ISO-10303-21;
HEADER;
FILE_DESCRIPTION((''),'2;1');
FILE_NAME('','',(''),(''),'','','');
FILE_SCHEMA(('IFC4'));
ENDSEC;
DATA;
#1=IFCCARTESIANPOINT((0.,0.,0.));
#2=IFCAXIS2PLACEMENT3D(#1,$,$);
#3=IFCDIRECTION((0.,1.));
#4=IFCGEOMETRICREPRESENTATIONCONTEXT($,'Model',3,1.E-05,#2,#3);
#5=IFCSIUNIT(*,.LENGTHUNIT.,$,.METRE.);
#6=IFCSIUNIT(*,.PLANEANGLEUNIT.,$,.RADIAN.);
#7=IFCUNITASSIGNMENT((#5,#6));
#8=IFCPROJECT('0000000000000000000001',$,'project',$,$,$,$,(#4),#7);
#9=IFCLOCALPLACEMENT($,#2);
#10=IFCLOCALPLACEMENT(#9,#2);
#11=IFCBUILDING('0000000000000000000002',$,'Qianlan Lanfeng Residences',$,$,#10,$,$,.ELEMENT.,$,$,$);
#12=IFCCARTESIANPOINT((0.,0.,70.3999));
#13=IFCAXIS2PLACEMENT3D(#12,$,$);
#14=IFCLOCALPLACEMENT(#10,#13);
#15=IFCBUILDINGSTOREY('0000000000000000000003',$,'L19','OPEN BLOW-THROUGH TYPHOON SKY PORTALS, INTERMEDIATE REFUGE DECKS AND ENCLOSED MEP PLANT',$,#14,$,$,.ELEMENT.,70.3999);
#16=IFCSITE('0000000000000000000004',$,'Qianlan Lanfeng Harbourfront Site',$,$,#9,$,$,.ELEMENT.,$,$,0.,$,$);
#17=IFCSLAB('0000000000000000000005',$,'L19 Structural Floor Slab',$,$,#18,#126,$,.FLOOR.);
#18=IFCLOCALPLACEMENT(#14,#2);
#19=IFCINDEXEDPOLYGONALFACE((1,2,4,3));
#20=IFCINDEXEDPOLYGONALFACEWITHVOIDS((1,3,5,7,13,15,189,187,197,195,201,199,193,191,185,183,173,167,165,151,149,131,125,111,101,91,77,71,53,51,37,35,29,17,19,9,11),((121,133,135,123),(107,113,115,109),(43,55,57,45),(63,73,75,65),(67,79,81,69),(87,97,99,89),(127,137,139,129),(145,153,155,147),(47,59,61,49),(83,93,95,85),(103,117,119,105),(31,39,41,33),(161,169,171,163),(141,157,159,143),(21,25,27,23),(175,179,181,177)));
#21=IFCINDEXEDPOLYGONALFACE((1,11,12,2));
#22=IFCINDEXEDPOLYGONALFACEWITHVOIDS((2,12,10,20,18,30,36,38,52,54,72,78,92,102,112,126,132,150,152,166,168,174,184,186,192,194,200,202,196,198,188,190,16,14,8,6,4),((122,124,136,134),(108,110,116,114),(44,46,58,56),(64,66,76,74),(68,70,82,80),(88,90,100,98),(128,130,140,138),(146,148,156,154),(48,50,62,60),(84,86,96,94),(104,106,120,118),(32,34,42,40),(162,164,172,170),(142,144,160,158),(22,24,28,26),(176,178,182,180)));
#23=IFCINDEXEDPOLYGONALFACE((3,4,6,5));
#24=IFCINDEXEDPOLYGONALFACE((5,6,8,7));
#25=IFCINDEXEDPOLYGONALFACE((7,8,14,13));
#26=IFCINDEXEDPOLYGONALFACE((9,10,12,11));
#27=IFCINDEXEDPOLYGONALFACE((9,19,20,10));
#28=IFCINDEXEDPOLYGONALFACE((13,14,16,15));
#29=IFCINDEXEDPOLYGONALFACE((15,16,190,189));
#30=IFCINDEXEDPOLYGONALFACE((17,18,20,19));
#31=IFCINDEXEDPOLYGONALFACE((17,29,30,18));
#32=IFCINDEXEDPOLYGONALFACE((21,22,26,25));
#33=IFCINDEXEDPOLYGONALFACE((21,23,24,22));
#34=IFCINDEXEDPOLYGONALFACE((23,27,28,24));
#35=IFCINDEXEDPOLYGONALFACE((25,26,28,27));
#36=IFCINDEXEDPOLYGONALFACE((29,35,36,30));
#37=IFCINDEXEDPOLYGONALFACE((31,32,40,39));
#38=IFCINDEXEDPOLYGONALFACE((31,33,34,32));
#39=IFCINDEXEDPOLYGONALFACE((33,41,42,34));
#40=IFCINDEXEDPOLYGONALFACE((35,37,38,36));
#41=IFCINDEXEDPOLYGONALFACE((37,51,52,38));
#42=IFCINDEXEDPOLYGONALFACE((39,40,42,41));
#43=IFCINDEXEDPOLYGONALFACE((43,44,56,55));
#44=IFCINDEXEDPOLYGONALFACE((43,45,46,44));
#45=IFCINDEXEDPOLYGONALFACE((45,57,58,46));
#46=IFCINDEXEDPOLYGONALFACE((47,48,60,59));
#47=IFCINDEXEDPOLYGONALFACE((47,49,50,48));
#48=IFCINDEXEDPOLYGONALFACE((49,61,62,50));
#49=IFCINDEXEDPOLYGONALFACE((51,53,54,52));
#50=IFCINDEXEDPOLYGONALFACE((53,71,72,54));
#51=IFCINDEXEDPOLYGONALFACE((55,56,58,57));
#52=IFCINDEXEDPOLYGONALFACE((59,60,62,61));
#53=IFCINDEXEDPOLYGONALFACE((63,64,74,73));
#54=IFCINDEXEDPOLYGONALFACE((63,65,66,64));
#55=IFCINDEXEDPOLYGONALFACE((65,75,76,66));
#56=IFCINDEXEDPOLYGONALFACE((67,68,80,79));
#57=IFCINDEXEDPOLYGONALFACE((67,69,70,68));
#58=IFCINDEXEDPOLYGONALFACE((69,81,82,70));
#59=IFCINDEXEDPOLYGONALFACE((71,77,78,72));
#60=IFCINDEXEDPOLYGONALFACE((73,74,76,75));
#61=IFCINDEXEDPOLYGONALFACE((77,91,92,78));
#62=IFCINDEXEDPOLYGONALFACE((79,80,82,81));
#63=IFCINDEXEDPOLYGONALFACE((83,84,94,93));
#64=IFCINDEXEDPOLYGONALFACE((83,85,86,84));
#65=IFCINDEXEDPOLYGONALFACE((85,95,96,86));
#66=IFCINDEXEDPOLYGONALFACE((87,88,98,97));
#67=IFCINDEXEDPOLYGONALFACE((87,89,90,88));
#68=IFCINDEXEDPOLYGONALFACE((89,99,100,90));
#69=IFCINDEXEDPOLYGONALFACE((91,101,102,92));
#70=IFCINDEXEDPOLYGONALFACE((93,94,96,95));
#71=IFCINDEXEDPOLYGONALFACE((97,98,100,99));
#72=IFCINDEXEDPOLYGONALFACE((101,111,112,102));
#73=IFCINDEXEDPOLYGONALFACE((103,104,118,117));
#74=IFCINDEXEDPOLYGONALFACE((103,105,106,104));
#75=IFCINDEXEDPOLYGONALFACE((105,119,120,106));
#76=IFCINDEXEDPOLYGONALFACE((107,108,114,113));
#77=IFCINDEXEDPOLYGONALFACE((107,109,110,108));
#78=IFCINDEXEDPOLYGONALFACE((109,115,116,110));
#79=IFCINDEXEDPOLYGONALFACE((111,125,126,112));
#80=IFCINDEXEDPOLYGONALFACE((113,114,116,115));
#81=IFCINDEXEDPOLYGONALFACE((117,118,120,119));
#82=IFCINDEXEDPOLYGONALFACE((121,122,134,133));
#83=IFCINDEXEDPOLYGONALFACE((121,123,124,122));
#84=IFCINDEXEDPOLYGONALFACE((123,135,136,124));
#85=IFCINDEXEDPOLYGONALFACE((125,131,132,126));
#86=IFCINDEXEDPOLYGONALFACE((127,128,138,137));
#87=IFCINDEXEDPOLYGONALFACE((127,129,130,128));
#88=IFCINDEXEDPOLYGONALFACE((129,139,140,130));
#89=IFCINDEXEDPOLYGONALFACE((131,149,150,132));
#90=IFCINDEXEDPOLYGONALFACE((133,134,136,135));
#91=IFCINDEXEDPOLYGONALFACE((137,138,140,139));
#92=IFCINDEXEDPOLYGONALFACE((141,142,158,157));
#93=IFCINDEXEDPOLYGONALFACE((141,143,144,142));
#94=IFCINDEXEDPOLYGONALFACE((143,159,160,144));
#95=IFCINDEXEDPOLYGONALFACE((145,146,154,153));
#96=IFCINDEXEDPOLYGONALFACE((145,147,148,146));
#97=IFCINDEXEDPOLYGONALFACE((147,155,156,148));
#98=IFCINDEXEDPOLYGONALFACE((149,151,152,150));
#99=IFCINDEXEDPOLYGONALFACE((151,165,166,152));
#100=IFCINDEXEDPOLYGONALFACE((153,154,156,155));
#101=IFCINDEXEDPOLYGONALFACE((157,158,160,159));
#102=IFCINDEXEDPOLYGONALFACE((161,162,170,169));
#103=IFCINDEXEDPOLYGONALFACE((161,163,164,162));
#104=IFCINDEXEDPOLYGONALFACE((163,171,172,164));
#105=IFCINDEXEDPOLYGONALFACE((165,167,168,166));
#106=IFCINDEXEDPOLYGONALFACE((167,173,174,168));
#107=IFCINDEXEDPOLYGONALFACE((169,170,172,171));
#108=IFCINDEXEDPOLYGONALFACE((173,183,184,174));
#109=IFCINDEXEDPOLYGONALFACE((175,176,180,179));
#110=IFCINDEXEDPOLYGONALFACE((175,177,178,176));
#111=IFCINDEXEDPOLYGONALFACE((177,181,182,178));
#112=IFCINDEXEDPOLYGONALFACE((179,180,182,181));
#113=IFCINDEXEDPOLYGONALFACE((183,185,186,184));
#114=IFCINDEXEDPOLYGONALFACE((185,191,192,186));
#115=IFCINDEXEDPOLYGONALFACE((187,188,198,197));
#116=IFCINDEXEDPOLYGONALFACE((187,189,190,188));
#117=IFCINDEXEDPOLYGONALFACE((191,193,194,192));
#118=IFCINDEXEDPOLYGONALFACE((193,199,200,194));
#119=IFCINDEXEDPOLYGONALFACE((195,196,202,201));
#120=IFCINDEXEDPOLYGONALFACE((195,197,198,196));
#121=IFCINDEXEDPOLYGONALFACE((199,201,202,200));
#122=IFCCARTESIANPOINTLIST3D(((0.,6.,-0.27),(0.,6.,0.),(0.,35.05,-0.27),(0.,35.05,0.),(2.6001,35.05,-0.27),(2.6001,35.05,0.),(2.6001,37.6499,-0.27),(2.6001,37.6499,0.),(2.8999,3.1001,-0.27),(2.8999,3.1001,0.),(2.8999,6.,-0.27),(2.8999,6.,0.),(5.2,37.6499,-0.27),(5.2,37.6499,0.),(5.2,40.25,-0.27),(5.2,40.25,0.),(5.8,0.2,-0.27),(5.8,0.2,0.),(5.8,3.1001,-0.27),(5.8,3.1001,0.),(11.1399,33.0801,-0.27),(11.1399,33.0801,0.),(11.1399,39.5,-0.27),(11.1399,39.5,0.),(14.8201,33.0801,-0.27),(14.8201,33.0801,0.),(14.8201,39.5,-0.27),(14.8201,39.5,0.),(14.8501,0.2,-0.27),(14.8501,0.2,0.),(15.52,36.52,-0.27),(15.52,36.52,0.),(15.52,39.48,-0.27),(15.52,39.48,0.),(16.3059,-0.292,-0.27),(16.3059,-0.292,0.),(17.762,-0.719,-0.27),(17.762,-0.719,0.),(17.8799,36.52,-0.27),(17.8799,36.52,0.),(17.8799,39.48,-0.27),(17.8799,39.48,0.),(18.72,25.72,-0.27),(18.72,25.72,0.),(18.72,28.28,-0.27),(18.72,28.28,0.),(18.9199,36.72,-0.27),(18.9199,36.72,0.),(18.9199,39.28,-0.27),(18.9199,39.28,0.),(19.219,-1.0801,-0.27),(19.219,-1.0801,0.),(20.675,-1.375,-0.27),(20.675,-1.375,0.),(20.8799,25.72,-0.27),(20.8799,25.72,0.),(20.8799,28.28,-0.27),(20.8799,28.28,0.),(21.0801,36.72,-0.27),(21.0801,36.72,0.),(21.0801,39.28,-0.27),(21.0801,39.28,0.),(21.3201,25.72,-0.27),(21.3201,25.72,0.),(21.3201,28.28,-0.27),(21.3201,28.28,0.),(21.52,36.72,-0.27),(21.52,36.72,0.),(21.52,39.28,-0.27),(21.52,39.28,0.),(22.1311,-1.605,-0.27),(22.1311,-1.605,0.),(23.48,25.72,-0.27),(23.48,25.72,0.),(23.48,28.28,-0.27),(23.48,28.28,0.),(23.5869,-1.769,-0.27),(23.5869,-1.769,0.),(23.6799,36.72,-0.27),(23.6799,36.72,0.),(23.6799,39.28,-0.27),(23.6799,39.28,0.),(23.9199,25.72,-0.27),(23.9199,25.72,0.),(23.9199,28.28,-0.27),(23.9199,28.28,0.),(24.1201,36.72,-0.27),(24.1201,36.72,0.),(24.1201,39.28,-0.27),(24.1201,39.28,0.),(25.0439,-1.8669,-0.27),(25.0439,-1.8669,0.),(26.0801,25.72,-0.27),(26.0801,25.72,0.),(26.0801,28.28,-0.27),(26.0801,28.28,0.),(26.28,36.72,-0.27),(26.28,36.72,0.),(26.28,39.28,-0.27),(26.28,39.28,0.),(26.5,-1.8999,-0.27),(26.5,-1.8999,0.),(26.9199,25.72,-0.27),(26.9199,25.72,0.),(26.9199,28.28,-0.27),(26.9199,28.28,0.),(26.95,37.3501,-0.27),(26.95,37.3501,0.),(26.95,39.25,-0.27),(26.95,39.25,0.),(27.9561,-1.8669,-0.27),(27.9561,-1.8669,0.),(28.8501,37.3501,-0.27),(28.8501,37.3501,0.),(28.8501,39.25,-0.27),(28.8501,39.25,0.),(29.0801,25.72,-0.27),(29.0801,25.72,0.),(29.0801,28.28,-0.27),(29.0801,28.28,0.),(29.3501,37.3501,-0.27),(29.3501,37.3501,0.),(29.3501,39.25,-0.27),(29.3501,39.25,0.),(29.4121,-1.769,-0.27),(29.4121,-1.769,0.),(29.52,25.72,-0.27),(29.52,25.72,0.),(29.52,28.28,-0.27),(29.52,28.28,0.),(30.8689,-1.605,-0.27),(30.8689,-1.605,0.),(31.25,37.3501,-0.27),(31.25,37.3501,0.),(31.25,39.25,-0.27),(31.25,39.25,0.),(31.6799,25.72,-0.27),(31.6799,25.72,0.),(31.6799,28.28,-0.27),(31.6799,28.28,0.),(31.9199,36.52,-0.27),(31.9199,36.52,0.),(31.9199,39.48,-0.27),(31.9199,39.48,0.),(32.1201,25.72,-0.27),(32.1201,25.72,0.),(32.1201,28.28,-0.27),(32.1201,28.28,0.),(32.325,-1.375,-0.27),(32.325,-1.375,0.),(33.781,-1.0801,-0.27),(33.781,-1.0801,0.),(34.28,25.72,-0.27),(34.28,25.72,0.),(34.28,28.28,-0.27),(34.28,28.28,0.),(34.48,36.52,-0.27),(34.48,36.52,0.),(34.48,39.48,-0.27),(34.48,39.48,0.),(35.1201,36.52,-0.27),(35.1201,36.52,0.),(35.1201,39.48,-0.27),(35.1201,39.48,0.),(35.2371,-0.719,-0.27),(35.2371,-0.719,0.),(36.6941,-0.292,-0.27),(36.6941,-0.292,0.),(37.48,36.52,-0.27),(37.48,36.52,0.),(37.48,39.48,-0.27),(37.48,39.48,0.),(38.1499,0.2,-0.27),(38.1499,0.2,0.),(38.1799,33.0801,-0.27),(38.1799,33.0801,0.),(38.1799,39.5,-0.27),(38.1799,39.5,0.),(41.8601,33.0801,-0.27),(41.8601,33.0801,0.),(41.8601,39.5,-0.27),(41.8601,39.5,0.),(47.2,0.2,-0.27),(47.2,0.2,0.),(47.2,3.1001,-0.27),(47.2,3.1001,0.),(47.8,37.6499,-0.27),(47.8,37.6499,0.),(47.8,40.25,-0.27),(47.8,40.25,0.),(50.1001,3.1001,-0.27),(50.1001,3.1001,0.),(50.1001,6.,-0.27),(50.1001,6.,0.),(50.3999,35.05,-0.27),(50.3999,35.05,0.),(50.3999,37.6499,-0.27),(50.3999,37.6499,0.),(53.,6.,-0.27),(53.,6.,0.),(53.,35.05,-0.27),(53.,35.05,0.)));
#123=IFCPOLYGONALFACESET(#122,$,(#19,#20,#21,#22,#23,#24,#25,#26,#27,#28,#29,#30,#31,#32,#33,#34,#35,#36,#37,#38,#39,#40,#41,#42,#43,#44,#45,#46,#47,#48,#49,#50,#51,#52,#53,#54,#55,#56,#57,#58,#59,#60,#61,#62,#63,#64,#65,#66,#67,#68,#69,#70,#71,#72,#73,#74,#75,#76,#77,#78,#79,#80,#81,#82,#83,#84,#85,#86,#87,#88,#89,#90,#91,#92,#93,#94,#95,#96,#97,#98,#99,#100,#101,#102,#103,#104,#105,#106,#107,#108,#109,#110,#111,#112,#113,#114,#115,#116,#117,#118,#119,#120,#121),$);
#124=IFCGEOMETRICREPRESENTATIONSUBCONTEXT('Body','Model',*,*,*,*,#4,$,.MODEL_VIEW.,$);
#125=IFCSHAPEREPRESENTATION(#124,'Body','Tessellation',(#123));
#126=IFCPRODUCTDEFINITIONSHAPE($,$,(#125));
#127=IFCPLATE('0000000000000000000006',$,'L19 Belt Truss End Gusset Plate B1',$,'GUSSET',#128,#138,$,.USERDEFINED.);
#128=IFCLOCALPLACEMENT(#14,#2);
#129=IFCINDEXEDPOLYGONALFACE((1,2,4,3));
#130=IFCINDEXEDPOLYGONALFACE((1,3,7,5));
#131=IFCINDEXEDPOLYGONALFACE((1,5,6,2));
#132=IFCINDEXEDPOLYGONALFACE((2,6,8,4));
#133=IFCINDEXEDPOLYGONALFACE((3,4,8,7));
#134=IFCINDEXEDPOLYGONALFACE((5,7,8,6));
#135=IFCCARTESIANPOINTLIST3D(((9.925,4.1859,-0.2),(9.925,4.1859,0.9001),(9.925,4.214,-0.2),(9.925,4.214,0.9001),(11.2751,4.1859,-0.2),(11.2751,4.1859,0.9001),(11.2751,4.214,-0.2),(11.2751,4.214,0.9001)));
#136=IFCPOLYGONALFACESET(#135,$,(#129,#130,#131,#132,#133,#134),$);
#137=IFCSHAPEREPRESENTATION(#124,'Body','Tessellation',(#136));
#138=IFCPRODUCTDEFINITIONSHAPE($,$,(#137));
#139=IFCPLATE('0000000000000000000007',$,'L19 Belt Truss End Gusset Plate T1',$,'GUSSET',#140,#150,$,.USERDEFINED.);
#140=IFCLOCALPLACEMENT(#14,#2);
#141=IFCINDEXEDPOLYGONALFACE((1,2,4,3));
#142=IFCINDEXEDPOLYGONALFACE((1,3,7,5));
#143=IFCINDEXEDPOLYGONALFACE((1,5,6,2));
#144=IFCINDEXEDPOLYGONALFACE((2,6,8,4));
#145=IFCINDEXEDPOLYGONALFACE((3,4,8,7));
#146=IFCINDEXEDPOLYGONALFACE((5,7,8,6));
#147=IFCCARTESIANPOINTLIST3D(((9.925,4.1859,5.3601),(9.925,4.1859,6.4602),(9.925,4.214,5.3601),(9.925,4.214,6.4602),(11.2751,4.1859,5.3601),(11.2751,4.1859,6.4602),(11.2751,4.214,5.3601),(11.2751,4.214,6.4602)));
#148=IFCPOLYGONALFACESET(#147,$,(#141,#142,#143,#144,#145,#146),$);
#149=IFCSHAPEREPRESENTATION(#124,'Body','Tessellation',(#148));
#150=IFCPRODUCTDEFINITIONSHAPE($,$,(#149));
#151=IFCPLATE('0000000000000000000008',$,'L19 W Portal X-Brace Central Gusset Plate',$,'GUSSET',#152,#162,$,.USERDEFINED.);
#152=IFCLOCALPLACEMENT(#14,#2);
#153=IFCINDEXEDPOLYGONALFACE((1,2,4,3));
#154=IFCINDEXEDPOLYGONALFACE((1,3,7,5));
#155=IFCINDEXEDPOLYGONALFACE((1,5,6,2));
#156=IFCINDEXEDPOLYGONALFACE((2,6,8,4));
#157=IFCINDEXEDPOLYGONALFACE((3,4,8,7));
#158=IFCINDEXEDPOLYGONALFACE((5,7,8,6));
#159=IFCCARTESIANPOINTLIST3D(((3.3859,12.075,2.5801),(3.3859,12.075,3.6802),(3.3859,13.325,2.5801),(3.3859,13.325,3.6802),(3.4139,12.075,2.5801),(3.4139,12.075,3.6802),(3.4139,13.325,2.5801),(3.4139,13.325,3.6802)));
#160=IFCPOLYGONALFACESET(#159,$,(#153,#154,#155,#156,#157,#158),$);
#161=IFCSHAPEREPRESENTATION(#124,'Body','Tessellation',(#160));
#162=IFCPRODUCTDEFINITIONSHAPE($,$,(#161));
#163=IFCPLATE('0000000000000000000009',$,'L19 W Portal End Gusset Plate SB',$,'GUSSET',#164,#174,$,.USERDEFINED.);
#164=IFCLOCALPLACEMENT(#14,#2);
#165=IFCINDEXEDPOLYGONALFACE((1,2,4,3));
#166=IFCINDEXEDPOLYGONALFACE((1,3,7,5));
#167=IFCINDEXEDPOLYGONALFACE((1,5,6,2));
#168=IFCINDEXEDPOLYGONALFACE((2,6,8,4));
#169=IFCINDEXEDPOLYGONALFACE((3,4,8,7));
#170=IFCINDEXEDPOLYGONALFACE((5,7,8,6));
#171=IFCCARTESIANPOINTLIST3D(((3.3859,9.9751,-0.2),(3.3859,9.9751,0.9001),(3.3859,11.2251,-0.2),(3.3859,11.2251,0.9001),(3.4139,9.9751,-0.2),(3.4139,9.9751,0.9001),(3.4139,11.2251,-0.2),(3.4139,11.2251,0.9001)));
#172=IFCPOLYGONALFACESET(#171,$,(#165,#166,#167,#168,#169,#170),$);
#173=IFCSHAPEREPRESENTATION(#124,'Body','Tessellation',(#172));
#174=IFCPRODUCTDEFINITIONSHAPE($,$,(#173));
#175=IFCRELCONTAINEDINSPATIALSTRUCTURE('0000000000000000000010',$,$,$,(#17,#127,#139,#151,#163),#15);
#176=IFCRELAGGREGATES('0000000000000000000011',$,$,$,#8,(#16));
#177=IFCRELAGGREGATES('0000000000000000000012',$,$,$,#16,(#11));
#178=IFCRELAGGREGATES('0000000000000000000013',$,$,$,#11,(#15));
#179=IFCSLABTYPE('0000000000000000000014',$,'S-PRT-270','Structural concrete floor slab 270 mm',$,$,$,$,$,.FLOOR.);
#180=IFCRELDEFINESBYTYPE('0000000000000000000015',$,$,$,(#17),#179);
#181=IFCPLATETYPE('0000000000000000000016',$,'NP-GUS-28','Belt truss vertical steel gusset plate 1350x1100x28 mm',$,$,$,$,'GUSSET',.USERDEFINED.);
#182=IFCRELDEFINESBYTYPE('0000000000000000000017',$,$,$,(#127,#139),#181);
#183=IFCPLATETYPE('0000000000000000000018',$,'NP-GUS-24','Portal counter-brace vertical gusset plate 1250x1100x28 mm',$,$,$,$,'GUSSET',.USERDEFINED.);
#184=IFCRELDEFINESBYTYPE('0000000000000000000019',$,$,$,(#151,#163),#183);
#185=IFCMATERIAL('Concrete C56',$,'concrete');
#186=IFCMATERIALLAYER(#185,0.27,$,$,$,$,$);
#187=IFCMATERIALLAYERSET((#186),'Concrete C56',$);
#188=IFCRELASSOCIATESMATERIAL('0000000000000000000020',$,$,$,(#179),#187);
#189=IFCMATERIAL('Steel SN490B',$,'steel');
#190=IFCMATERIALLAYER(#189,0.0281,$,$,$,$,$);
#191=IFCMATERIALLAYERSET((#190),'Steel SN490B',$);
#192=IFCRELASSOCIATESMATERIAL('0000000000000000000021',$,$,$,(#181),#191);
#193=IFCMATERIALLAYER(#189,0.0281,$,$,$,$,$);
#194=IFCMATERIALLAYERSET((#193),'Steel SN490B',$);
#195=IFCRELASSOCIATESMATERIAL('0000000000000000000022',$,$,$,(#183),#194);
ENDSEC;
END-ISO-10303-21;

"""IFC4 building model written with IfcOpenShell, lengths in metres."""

from ifc_helpers import new_model, si_unit, direction, frame, origin, origin_2d, place, context, subcontext, project, spatial, polyline, rectangle, outline, extrude, source, transform, mapped, material, layer, layer_set, type_object, element, save


model = new_model("IFC4")

# Units and contexts
model_context = context("Model", 3, precision=1e-05, world=origin(), true_north=direction((0.0, 1.0)))
body_context = subcontext(model_context, "Body", "Model", "MODEL_VIEW")
ifc_project = project(units=[si_unit("LENGTHUNIT", "METRE"), si_unit("PLANEANGLEUNIT", "RADIAN")], contexts=[model_context])

# Site, building, storey
site_placement = place(None, origin())
site = spatial("IfcSite", under=ifc_project, at=site_placement, Name="Qianlan Lanfeng Harbourfront Site", CompositionType="ELEMENT", RefElevation=0.0)
building_placement = place(site_placement, origin())
building = spatial("IfcBuilding", under=site, at=building_placement, Name="Qianlan Lanfeng Residences", CompositionType="ELEMENT")
storey_placement = place(building_placement, frame((0.0, 0.0, 70.3999)))
storey = spatial("IfcBuildingStorey", under=building, at=storey_placement, Name="L19", Description="OPEN BLOW-THROUGH TYPHOON SKY PORTALS, INTERMEDIATE REFUGE DECKS AND ENCLOSED MEP PLANT", CompositionType="ELEMENT", Elevation=70.3999)

# Shared definitions
ifc_material_1 = material(Name="Steel SN490B", Category="steel")

# Slab
ifc_material_2 = material(Name="Concrete C56", Category="concrete")
ifc_layer_1 = layer(ifc_material_2, 0.27)
ifc_layer_set_1 = layer_set([ifc_layer_1], Name="Concrete C56")
slab_type_1 = type_object("IfcSlabType", Name="S-PRT-270", Description="Structural concrete floor slab 270 mm", PredefinedType="FLOOR", material=ifc_layer_set_1)
slab_1_placement = place(storey_placement, frame((0.0, 0.0, -0.27)))
element("IfcSlab", 1, at=slab_1_placement, inside=storey, type_object=slab_type_1, Name="L19 Structural Floor Slab", PredefinedType="FLOOR", context=body_context, shape_type="SweptSolid", body=[
    extrude(outline(polyline([(0.0, 6.0), (2.8999, 6.0), (2.8999, 3.1001), (5.8, 3.1001), (5.8, 0.2), (14.8501, 0.2), (16.3059, -0.292), (17.762, -0.719), (19.219, -1.0801), (20.675, -1.375), (22.1311, -1.605), (23.5869, -1.769), (25.0439, -1.8669), (26.5, -1.8999), (27.9561, -1.8669), (29.4121, -1.769), (30.8689, -1.605), (32.325, -1.375), (33.781, -1.0801), (35.2371, -0.719), (36.6941, -0.292), (38.1499, 0.2), (47.2, 0.2), (47.2, 3.1001), (50.1001, 3.1001), (50.1001, 6.0), (53.0, 6.0), (53.0, 35.05), (50.3999, 35.05), (50.3999, 37.6499), (47.8, 37.6499), (47.8, 40.25), (5.2, 40.25), (5.2, 37.6499), (2.6001, 37.6499), (2.6001, 35.05), (0.0, 35.05), (0.0, 6.0)]), holes=[polyline([(11.1399, 33.0801), (11.1399, 39.5), (14.8201, 39.5), (14.8201, 33.0801), (11.1399, 33.0801)]), polyline([(38.1799, 33.0801), (38.1799, 39.5), (41.8601, 39.5), (41.8601, 33.0801), (38.1799, 33.0801)]), polyline([(15.52, 36.52), (15.52, 39.48), (17.8799, 39.48), (17.8799, 36.52), (15.52, 36.52)]), polyline([(35.1201, 36.52), (35.1201, 39.48), (37.48, 39.48), (37.48, 36.52), (35.1201, 36.52)]), polyline([(31.9199, 36.52), (31.9199, 39.48), (34.48, 39.48), (34.48, 36.52), (31.9199, 36.52)]), polyline([(18.72, 25.72), (18.72, 28.28), (20.8799, 28.28), (20.8799, 25.72), (18.72, 25.72)]), polyline([(21.3201, 25.72), (21.3201, 28.28), (23.48, 28.28), (23.48, 25.72), (21.3201, 25.72)]), polyline([(23.9199, 25.72), (23.9199, 28.28), (26.0801, 28.28), (26.0801, 25.72), (23.9199, 25.72)]), polyline([(26.9199, 25.72), (26.9199, 28.28), (29.0801, 28.28), (29.0801, 25.72), (26.9199, 25.72)]), polyline([(29.52, 25.72), (29.52, 28.28), (31.6799, 28.28), (31.6799, 25.72), (29.52, 25.72)]), polyline([(32.1201, 25.72), (32.1201, 28.28), (34.28, 28.28), (34.28, 25.72), (32.1201, 25.72)]), polyline([(18.9199, 36.72), (18.9199, 39.28), (21.0801, 39.28), (21.0801, 36.72), (18.9199, 36.72)]), polyline([(21.52, 36.72), (21.52, 39.28), (23.6799, 39.28), (23.6799, 36.72), (21.52, 36.72)]), polyline([(24.1201, 36.72), (24.1201, 39.28), (26.28, 39.28), (26.28, 36.72), (24.1201, 36.72)]), polyline([(26.95, 37.3501), (26.95, 39.25), (28.8501, 39.25), (28.8501, 37.3501), (26.95, 37.3501)]), polyline([(29.3501, 37.3501), (29.3501, 39.25), (31.25, 39.25), (31.25, 37.3501), (29.3501, 37.3501)])]), origin(), (0.0, 0.0, 1.0), 0.27),
])

# Plates
ifc_layer_2 = layer(ifc_material_1, 0.0281)
ifc_layer_set_2 = layer_set([ifc_layer_2], Name="Steel SN490B")
plate_type_1 = type_object("IfcPlateType", Name="NP-GUS-28", Description="Belt truss vertical steel gusset plate 1350x1100x28 mm", ElementType="GUSSET", PredefinedType="USERDEFINED", material=ifc_layer_set_2)
shared_shape_1 = source(origin(), body_context, "Body", "SweptSolid", [
    extrude(rectangle(XDim=1.3501, YDim=0.0281, at=origin_2d()), origin(), (0.0, 0.0, 1.0), 1.1001),
])
for number, where, z_axis, x_axis, name in (
    (2, (10.6001, 4.2, -0.2), (0.0, 0.0, 1.0), (1.0, 0.0, 0.0), "L19 Belt Truss End Gusset Plate B1"),
    (3, (10.6001, 4.2, 5.3601), (0.0, 0.0, 1.0), (1.0, 0.0, 0.0), "L19 Belt Truss End Gusset Plate T1"),
):
    element("IfcPlate", number, at=place(storey_placement, frame(where, z_axis=z_axis, x_axis=x_axis)), inside=storey, type_object=plate_type_1, Name=name, ObjectType="GUSSET", PredefinedType="USERDEFINED", context=body_context, shape_type="MappedRepresentation", body=[
        mapped(shared_shape_1, transform((0.0, 0.0, 0.0), scale=1.0)),
    ])
ifc_layer_3 = layer(ifc_material_1, 0.0281)
ifc_layer_set_3 = layer_set([ifc_layer_3], Name="Steel SN490B")
plate_type_2 = type_object("IfcPlateType", Name="NP-GUS-24", Description="Portal counter-brace vertical gusset plate 1250x1100x28 mm", ElementType="GUSSET", PredefinedType="USERDEFINED", material=ifc_layer_set_3)
shared_shape_2 = source(origin(), body_context, "Body", "SweptSolid", [
    extrude(rectangle(XDim=0.0281, YDim=1.25, at=origin_2d()), origin(), (0.0, 0.0, 1.0), 1.1001),
])
for number, where, z_axis, x_axis, name in (
    (4, (3.3999, 12.7, 2.5801), (0.0, 0.0, 1.0), (1.0, 0.0, 0.0), "L19 W Portal X-Brace Central Gusset Plate"),
    (5, (3.3999, 10.6001, -0.2), (0.0, 0.0, 1.0), (1.0, 0.0, 0.0), "L19 W Portal End Gusset Plate SB"),
):
    element("IfcPlate", number, at=place(storey_placement, frame(where, z_axis=z_axis, x_axis=x_axis)), inside=storey, type_object=plate_type_2, Name=name, ObjectType="GUSSET", PredefinedType="USERDEFINED", context=body_context, shape_type="MappedRepresentation", body=[
        mapped(shared_shape_2, transform((0.0, 0.0, 0.0), scale=1.0)),
    ])

save(model, "model.ifc")
